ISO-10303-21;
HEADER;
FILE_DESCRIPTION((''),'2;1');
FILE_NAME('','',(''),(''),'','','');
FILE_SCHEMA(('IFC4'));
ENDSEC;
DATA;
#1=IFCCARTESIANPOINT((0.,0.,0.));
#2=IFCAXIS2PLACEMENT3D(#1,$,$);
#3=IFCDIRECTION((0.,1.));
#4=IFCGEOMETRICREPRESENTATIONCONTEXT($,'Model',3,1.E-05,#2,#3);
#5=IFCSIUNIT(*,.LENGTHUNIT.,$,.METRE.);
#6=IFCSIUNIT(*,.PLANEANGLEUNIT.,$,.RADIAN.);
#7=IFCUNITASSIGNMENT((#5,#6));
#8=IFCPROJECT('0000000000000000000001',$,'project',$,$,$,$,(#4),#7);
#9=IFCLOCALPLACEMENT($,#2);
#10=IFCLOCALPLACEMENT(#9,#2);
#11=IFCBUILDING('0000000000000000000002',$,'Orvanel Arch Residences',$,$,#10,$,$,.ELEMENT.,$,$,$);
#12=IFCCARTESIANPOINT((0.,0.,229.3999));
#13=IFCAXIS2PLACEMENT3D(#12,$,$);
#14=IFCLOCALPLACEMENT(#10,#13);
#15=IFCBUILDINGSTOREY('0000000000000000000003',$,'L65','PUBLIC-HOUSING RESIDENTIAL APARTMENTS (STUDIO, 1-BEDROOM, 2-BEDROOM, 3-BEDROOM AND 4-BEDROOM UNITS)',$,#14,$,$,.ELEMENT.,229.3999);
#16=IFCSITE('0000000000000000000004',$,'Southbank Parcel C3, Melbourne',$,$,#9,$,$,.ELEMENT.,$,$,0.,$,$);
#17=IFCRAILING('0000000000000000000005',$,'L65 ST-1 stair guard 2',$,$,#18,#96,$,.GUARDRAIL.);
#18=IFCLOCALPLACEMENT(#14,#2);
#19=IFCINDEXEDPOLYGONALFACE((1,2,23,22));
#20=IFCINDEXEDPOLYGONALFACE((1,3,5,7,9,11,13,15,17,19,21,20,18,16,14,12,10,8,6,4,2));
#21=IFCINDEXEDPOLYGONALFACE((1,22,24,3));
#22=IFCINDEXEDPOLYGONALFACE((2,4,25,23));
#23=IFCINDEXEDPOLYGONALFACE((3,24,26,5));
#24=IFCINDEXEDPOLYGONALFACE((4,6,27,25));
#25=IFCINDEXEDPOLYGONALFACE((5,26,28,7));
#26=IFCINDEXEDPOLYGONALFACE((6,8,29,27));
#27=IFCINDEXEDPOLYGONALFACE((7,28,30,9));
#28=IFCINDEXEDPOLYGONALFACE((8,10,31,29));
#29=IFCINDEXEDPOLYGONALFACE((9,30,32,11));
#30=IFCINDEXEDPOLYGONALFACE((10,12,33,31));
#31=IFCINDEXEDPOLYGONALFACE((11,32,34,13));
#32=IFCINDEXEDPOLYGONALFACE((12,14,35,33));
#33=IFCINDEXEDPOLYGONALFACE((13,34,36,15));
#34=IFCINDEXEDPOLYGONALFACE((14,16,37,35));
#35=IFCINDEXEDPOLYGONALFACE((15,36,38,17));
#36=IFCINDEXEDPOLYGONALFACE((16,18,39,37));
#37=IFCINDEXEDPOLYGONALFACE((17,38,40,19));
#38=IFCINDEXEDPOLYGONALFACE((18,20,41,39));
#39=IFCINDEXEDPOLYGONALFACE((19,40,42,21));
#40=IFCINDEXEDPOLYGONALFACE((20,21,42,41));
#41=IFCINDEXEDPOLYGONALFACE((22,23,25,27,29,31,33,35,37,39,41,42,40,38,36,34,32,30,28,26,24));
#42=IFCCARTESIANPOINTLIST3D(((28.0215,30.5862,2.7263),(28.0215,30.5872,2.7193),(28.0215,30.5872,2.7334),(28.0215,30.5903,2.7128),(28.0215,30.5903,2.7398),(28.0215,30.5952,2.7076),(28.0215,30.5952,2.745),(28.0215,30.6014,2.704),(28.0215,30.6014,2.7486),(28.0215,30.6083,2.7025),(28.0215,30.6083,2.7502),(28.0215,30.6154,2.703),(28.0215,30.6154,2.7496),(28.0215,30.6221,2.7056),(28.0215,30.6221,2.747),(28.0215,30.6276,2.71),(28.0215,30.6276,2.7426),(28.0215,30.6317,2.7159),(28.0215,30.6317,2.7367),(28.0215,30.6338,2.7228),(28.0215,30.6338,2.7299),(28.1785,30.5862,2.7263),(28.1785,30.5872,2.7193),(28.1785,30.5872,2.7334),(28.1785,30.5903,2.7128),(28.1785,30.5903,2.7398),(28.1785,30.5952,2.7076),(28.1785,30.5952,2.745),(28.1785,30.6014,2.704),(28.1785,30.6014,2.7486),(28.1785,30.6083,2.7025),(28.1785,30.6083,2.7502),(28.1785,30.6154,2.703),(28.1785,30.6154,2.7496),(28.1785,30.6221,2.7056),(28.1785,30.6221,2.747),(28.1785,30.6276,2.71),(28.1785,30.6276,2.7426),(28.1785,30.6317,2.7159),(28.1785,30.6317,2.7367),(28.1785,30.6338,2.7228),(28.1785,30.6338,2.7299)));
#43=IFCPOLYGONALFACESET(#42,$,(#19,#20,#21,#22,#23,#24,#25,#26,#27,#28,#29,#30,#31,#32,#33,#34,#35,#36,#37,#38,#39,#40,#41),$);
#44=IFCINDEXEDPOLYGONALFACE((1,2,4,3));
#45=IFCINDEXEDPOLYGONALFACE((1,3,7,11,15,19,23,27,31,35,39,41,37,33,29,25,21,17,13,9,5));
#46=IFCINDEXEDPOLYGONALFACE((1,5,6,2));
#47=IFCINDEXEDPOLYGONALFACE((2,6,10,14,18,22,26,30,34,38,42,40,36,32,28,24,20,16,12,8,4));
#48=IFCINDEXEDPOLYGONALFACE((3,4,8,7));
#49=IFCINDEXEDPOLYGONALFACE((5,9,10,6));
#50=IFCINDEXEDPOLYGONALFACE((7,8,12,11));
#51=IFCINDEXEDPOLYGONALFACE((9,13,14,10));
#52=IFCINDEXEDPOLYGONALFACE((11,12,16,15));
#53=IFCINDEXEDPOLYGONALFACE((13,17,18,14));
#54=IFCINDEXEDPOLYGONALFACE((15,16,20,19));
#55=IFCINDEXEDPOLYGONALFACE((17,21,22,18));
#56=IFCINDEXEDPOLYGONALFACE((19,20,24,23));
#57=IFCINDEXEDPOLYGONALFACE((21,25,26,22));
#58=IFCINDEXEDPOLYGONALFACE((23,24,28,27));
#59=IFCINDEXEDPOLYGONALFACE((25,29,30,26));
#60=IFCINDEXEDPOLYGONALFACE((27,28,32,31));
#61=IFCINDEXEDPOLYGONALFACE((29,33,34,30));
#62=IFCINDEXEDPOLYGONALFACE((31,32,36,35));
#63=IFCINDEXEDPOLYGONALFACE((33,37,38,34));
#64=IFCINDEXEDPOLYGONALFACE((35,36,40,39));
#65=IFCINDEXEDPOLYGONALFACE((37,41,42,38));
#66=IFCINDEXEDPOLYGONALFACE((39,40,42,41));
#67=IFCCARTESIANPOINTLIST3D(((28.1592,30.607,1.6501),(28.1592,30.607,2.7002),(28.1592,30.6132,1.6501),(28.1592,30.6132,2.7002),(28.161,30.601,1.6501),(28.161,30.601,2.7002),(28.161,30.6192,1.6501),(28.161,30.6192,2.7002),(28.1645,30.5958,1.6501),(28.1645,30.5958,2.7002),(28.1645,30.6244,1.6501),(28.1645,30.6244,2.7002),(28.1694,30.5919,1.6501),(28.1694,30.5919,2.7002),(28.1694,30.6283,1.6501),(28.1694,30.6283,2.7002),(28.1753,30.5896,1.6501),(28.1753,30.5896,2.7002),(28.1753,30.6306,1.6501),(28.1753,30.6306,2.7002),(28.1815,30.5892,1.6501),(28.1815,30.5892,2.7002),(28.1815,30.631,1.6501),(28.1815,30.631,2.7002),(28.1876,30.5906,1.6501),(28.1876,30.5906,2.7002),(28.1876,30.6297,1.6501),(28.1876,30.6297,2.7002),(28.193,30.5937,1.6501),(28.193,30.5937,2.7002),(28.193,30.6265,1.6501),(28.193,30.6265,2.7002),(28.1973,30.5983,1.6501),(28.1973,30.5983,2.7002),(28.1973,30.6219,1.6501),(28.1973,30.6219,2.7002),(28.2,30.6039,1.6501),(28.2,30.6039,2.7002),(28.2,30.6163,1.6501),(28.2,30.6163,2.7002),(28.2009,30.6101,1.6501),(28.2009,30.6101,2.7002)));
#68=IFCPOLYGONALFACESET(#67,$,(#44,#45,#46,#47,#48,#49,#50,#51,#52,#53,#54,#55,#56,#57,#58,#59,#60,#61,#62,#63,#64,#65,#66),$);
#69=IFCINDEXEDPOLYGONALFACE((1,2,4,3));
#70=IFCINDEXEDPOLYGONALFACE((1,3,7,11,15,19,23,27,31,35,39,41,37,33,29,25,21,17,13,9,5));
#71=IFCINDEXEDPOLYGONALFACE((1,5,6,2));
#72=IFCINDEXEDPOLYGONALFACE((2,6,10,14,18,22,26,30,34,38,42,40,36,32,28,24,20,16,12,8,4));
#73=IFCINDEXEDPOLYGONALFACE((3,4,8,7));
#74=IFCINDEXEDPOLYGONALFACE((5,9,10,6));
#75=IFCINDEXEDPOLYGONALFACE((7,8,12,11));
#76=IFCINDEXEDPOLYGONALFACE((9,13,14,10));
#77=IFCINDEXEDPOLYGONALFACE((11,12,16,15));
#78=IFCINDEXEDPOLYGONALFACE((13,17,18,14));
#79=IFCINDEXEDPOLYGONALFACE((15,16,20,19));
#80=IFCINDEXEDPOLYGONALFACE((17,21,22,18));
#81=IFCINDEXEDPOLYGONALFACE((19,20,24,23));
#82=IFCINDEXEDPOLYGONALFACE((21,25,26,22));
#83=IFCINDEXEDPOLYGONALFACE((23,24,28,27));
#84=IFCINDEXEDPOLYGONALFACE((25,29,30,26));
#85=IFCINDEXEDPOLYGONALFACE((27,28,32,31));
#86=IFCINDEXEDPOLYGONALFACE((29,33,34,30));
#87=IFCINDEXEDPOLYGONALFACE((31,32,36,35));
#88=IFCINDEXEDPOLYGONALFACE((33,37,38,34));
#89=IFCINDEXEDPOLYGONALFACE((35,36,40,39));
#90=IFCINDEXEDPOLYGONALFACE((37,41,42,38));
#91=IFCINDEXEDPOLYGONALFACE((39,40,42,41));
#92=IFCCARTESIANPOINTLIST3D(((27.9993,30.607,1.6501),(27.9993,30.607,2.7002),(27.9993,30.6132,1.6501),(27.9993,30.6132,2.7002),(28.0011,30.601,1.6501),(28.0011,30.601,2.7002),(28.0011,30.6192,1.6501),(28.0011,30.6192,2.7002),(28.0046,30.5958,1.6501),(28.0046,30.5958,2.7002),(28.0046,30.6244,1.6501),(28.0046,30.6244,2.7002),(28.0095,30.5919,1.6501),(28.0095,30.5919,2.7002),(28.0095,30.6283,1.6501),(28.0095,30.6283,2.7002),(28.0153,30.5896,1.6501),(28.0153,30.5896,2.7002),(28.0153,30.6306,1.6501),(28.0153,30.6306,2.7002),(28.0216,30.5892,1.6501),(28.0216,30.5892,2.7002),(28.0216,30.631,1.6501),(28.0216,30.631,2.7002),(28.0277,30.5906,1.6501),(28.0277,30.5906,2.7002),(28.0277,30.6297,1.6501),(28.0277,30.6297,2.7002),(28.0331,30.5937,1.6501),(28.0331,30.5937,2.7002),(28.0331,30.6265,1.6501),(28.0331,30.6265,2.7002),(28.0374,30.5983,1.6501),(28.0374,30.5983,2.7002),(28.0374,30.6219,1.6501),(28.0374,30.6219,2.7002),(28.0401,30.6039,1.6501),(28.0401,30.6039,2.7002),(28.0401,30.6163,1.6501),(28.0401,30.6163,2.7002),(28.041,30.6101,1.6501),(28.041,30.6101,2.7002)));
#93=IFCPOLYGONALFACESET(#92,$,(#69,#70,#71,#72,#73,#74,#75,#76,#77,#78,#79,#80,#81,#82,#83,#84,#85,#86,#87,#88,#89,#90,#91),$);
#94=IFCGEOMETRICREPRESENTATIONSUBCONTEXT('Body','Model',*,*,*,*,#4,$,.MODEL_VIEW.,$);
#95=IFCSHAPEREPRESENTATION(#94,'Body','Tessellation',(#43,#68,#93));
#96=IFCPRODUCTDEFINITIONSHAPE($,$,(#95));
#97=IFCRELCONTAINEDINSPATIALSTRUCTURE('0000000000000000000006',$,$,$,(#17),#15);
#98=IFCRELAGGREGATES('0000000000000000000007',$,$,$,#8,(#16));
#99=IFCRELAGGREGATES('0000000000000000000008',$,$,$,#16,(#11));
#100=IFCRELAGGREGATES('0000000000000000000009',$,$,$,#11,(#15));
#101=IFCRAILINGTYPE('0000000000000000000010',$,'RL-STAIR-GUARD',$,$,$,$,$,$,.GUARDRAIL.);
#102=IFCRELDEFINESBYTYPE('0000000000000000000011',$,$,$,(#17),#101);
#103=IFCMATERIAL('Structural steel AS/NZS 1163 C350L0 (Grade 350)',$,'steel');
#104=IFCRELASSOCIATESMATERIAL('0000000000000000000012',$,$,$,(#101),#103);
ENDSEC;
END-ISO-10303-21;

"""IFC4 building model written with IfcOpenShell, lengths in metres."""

from ifc_helpers import new_model, si_unit, direction, frame, origin, origin_2d, place, context, subcontext, project, spatial, circle, extrude, material, type_object, element, save


model = new_model("IFC4")

# Units and contexts
model_context = context("Model", 3, precision=1e-05, world=origin(), true_north=direction((0.0, 1.0)))
body_context = subcontext(model_context, "Body", "Model", "MODEL_VIEW")
ifc_project = project(units=[si_unit("LENGTHUNIT", "METRE"), si_unit("PLANEANGLEUNIT", "RADIAN")], contexts=[model_context])

# Site, building, storey
site_placement = place(None, origin())
site = spatial("IfcSite", under=ifc_project, at=site_placement, Name="Southbank Parcel C3, Melbourne", CompositionType="ELEMENT", RefElevation=0.0)
building_placement = place(site_placement, origin())
building = spatial("IfcBuilding", under=site, at=building_placement, Name="Orvanel Arch Residences", CompositionType="ELEMENT")
storey_placement = place(building_placement, frame((0.0, 0.0, 229.3999)))
storey = spatial("IfcBuildingStorey", under=building, at=storey_placement, Name="L65", Description="PUBLIC-HOUSING RESIDENTIAL APARTMENTS (STUDIO, 1-BEDROOM, 2-BEDROOM, 3-BEDROOM AND 4-BEDROOM UNITS)", CompositionType="ELEMENT", Elevation=229.3999)

# Shared definitions
ifc_material_1 = material(Name="Structural steel AS/NZS 1163 C350L0 (Grade 350)", Category="steel")

# Railing
railing_type_1 = type_object("IfcRailingType", Name="RL-STAIR-GUARD", PredefinedType="GUARDRAIL", material=ifc_material_1)
railing_1_placement = place(storey_placement, frame((28.1799, 30.6101, 1.6501)))
element("IfcRailing", 1, at=railing_1_placement, inside=storey, type_object=railing_type_1, Name="L65 ST-1 stair guard 2", PredefinedType="GUARDRAIL", context=body_context, shape_type="SweptSolid", body=[
    extrude(circle(Radius=0.0239, at=origin_2d()), frame((-0.0015, 0.0, 1.0762), z_axis=(-1.0, 0.0, 0.0), x_axis=(0.0, -1.0, 0.0)), (0.0, 0.0, 1.0), 0.157),
    extrude(circle(Radius=0.021, at=origin_2d()), origin(), (0.0, 0.0, 1.0), 1.05),
    extrude(circle(Radius=0.021, at=origin_2d()), frame((-0.1599, 0.0, 0.0)), (0.0, 0.0, 1.0), 1.05),
])

save(model, "model.ifc")
